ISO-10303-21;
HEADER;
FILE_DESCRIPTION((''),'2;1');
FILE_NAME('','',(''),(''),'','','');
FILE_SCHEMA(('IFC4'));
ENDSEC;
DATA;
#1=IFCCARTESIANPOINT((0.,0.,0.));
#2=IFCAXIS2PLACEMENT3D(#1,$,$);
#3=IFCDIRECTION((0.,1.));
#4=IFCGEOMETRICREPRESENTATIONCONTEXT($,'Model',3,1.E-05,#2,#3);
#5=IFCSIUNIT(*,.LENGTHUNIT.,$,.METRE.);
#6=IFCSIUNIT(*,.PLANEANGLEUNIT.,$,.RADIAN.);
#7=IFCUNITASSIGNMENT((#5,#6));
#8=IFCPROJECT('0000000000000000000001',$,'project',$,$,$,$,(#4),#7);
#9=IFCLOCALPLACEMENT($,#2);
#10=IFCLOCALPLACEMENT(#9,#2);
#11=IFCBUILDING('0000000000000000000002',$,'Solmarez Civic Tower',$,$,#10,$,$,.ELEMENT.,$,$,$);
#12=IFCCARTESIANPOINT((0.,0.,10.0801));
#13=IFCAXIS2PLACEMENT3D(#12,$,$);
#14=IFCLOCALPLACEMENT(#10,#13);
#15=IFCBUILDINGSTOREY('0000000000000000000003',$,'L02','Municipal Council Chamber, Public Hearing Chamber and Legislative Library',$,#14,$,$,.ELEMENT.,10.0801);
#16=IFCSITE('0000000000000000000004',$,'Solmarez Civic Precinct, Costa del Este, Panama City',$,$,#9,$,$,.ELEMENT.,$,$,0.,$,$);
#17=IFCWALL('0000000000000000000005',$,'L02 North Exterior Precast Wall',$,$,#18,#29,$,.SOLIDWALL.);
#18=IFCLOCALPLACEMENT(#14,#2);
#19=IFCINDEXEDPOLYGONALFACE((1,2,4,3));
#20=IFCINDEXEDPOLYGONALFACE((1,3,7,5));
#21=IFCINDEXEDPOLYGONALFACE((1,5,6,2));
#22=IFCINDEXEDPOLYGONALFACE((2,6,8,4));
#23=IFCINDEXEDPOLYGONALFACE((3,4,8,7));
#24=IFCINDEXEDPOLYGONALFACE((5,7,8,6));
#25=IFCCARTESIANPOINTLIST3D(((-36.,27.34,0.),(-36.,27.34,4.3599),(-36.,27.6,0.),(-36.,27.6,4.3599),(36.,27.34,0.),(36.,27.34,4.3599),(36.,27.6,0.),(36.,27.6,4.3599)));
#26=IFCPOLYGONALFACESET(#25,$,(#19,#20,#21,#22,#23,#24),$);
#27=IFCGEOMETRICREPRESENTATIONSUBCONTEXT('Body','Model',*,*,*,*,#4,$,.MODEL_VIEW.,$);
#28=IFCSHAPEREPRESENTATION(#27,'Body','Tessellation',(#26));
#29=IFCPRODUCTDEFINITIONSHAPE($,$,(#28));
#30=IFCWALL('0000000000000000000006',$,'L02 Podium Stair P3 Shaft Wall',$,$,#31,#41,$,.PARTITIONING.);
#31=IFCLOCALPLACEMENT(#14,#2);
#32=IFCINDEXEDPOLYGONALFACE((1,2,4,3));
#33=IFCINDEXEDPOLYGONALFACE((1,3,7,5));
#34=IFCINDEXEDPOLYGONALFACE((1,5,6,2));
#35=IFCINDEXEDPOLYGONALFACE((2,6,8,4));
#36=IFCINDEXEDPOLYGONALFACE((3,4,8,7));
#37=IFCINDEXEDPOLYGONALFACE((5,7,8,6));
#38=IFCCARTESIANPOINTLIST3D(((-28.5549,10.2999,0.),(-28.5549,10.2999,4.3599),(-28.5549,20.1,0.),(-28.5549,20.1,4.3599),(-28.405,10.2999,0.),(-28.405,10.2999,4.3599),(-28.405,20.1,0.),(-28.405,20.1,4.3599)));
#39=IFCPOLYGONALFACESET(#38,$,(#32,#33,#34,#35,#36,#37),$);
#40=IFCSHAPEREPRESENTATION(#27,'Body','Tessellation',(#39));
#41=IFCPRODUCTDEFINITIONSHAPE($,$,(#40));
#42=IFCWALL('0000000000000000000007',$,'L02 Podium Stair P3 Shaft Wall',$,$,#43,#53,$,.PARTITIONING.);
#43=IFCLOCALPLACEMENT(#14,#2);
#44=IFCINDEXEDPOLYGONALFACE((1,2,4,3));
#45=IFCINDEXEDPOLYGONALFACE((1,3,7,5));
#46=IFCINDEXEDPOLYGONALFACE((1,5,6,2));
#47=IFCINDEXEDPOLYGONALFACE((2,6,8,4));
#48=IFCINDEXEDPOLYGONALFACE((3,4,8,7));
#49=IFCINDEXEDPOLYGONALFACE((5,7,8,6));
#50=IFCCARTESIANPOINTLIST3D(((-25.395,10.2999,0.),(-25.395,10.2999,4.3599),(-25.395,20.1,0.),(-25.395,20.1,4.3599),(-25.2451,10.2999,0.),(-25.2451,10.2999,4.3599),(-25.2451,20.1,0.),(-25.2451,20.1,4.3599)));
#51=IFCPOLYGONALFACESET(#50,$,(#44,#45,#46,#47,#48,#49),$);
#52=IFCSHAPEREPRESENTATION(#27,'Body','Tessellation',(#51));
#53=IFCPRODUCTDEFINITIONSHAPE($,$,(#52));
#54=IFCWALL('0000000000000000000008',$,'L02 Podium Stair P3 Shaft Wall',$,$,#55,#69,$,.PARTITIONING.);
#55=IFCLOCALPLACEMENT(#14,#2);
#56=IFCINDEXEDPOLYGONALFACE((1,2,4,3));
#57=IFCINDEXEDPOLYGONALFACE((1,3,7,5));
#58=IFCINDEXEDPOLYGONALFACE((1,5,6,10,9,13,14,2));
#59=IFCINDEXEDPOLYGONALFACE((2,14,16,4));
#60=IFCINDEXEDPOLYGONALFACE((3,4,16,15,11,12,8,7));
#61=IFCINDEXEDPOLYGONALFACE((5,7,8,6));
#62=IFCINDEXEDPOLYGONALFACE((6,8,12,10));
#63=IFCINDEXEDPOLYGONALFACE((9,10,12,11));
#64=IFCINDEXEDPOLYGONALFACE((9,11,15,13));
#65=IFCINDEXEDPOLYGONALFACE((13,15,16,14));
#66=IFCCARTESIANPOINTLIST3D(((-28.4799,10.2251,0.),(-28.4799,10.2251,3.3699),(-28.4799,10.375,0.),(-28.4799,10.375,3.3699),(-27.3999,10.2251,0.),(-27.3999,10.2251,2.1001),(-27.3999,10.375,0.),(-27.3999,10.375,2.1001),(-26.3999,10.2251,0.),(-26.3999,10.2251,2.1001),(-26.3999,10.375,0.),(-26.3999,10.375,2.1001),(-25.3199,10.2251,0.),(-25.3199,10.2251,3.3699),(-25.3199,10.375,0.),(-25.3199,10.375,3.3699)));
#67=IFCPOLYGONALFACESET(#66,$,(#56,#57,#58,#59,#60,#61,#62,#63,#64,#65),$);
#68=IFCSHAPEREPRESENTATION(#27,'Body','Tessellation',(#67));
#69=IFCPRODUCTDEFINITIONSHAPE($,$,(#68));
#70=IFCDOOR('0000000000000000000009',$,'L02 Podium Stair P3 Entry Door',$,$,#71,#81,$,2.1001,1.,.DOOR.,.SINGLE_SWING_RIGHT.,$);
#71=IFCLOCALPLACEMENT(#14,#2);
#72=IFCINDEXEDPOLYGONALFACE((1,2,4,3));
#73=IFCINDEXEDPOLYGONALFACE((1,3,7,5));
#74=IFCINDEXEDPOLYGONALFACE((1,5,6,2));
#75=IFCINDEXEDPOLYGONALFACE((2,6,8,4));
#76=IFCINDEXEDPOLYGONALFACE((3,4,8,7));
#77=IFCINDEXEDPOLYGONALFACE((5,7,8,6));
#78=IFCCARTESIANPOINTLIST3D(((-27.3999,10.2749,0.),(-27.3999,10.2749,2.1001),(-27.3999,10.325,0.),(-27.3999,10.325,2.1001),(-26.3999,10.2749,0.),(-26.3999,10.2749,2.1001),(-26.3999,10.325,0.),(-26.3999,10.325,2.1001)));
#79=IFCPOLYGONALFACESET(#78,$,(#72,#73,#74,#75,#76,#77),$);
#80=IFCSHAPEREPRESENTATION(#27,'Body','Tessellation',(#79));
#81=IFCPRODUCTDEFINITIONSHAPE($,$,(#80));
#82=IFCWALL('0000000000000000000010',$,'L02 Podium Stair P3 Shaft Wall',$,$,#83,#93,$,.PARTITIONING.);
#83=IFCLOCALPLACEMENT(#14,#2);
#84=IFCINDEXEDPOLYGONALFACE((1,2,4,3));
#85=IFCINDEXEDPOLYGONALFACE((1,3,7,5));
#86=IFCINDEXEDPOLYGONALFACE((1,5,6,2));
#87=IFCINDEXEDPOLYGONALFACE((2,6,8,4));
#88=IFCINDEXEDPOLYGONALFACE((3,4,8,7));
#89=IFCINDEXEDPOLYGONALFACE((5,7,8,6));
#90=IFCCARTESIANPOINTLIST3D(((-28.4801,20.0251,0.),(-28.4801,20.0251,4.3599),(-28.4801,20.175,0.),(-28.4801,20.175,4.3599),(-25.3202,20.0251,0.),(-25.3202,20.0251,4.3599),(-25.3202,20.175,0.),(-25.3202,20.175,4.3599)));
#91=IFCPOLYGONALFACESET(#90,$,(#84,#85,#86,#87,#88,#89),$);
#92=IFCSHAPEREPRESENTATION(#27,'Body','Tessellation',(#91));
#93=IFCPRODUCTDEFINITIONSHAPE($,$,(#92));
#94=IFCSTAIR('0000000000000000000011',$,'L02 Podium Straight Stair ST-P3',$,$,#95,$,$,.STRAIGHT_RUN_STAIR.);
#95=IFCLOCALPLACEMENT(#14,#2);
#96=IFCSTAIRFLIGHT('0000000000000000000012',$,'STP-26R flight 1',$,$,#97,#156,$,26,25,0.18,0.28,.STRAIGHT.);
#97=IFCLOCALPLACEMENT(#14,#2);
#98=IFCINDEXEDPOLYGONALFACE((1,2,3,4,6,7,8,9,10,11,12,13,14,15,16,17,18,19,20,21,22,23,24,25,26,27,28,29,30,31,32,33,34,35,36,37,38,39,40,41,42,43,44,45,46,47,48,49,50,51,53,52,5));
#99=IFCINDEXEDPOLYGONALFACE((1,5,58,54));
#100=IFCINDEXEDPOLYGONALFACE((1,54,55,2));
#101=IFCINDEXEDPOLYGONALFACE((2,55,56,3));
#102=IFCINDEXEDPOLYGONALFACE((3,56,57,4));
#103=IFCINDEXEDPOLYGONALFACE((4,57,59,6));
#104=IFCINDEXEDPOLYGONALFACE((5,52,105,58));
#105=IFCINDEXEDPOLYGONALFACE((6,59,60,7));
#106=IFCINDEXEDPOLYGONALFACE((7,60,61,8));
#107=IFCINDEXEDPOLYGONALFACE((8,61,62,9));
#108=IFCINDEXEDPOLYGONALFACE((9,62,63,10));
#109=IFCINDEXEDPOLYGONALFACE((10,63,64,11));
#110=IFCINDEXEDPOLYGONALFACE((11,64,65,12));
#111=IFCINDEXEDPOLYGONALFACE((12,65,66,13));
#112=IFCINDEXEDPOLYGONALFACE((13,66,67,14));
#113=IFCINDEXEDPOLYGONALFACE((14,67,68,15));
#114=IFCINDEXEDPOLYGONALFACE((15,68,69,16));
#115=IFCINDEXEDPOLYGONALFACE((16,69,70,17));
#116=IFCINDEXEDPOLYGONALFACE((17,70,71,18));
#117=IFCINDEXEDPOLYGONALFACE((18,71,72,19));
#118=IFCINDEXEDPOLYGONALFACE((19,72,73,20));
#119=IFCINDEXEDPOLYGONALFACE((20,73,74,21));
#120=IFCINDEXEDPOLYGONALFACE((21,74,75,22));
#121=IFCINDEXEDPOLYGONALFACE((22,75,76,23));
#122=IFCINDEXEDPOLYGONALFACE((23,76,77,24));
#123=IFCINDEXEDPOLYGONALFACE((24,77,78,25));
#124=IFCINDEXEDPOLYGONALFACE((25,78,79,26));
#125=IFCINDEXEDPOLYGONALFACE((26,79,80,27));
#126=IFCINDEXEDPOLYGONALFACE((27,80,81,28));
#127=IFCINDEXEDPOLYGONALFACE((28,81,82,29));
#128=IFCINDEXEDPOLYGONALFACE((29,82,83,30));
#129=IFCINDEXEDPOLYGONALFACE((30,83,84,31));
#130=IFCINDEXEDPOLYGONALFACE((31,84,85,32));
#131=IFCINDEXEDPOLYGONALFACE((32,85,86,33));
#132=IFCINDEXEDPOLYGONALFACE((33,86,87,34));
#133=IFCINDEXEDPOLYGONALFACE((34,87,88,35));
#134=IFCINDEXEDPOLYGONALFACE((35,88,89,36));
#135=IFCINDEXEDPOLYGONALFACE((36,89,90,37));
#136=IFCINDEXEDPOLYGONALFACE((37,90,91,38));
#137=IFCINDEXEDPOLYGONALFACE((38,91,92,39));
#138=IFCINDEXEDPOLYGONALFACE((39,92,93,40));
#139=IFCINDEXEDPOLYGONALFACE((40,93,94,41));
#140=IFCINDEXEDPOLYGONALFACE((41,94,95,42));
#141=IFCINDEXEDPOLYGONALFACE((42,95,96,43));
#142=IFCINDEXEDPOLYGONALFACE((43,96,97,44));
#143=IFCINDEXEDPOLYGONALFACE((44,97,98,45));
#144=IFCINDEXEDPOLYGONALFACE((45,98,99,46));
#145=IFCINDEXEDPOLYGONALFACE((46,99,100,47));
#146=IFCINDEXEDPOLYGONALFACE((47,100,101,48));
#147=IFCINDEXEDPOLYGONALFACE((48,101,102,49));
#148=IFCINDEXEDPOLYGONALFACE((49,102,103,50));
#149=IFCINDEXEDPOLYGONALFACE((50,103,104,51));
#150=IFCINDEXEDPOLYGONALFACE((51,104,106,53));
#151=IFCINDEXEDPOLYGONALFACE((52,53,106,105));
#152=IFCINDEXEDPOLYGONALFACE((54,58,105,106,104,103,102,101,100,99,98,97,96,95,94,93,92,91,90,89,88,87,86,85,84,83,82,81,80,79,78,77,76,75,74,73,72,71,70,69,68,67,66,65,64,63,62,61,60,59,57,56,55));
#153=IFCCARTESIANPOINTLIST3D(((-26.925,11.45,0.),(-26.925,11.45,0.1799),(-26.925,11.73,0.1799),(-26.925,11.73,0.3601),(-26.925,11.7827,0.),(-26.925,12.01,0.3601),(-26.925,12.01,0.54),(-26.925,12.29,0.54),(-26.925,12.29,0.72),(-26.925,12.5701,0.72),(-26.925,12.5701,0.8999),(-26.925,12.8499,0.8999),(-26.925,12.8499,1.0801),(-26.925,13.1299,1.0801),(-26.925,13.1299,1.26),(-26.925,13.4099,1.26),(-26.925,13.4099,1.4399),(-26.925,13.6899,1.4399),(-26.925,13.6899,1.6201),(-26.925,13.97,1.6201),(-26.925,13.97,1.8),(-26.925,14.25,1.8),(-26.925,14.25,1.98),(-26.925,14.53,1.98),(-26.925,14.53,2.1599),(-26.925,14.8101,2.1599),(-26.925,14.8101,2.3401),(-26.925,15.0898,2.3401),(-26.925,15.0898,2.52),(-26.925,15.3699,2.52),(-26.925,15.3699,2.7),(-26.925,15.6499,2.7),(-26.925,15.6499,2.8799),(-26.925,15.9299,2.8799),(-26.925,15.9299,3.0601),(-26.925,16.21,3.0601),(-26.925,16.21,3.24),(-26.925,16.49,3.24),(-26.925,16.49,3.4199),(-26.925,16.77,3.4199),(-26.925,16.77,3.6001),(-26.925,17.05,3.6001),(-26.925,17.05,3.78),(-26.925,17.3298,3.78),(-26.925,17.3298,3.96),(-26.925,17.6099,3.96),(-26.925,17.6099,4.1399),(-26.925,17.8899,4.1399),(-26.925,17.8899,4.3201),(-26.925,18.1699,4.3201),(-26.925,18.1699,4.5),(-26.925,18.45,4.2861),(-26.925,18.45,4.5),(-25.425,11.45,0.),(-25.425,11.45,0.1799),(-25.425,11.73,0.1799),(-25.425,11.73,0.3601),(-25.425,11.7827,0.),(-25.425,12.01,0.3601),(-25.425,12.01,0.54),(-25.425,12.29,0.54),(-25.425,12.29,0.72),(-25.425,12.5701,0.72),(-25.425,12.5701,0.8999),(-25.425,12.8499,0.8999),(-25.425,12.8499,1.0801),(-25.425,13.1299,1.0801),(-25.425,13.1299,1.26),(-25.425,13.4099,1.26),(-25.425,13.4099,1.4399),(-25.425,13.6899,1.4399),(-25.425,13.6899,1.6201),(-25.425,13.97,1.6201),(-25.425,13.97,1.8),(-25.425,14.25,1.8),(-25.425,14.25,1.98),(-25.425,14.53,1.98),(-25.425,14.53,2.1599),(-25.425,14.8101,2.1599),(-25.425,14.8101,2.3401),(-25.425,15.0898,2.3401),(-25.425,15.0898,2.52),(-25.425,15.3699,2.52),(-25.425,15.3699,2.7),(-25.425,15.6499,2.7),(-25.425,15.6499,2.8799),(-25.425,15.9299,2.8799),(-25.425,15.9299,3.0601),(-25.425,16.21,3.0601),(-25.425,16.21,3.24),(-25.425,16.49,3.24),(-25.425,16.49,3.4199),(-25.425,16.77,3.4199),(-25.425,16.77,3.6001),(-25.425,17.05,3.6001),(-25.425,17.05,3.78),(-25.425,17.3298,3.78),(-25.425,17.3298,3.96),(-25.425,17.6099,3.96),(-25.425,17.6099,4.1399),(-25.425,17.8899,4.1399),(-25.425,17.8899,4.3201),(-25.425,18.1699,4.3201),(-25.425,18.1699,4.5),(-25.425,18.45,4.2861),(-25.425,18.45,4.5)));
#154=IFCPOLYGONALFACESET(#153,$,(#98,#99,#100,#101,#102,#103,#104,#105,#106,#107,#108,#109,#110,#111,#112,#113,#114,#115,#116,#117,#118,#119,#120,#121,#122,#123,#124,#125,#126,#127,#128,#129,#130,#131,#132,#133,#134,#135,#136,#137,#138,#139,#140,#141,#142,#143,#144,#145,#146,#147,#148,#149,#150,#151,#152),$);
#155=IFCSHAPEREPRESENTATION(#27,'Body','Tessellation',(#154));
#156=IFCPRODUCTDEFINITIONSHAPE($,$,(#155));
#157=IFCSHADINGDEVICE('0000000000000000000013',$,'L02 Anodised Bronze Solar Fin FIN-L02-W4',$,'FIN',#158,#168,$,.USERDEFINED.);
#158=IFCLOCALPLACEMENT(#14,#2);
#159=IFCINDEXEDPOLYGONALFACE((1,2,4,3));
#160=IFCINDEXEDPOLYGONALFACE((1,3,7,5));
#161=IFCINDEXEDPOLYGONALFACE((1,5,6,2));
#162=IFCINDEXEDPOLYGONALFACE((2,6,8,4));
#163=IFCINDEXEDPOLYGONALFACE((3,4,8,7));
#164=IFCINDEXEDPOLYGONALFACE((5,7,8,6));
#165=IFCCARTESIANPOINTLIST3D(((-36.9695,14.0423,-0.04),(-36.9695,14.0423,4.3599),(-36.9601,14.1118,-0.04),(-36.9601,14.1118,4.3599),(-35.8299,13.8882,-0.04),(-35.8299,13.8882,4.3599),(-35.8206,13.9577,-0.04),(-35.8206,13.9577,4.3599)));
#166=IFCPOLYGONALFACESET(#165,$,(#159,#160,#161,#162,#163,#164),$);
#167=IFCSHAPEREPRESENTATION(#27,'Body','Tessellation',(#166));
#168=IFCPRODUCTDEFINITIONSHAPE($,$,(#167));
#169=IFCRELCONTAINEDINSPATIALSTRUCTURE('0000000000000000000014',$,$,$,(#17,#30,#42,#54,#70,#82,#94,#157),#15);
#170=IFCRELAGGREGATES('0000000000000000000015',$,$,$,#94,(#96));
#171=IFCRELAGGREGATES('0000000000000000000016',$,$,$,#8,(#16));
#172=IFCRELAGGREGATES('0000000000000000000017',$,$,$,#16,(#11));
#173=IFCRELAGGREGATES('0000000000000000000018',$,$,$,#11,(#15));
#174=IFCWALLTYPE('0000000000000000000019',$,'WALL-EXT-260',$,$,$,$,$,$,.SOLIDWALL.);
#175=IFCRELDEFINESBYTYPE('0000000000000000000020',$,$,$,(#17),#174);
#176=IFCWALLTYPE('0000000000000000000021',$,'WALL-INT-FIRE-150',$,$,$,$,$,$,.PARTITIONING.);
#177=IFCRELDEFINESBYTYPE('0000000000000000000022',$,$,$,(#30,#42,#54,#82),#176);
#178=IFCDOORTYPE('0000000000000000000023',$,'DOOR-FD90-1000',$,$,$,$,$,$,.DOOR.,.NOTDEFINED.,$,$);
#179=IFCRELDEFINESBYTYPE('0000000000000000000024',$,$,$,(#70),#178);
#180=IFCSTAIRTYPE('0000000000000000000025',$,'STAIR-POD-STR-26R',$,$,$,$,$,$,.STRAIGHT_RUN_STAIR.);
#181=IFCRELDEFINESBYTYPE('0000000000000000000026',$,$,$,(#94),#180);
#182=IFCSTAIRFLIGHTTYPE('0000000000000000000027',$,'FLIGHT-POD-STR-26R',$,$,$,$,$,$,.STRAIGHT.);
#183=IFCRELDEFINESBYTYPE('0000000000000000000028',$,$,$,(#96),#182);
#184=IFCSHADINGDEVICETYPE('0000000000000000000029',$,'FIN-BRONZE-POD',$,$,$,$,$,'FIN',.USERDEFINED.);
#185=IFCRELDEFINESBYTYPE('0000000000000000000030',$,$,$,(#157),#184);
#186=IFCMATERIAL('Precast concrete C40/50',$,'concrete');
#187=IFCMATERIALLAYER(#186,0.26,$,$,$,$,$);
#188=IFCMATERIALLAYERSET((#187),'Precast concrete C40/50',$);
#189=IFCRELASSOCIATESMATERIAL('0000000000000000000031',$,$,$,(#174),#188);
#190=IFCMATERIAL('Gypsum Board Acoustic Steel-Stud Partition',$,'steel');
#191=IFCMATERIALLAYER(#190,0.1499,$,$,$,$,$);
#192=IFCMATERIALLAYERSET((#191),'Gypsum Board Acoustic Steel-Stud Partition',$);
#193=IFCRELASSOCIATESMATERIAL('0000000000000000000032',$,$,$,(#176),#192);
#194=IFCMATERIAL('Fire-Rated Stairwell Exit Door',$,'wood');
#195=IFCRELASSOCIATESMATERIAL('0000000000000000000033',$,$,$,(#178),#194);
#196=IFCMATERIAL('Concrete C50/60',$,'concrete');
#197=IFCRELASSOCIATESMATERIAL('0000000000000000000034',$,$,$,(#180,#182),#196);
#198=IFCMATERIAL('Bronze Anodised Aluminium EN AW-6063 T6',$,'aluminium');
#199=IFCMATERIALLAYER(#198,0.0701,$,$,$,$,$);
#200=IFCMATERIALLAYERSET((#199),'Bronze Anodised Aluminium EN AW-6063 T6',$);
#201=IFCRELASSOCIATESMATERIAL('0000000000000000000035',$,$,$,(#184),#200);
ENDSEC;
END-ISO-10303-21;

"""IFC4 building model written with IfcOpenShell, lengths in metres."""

from ifc_helpers import new_model, si_unit, direction, frame, frame_2d, origin, origin_2d, place, context, subcontext, project, spatial, polyline, rectangle, outline, extrude, material, layer, layer_set, type_object, element, fill, aggregate, save


model = new_model("IFC4")

# Units and contexts
model_context = context("Model", 3, precision=1e-05, world=origin(), true_north=direction((0.0, 1.0)))
body_context = subcontext(model_context, "Body", "Model", "MODEL_VIEW")
ifc_project = project(units=[si_unit("LENGTHUNIT", "METRE"), si_unit("PLANEANGLEUNIT", "RADIAN")], contexts=[model_context])

# Site, building, storey
site_placement = place(None, origin())
site = spatial("IfcSite", under=ifc_project, at=site_placement, Name="Solmarez Civic Precinct, Costa del Este, Panama City", CompositionType="ELEMENT", RefElevation=0.0)
building_placement = place(site_placement, origin())
building = spatial("IfcBuilding", under=site, at=building_placement, Name="Solmarez Civic Tower", CompositionType="ELEMENT")
storey_placement = place(building_placement, frame((0.0, 0.0, 10.0801)))
storey = spatial("IfcBuildingStorey", under=building, at=storey_placement, Name="L02", Description="Municipal Council Chamber, Public Hearing Chamber and Legislative Library", CompositionType="ELEMENT", Elevation=10.0801)

# Shared definitions
ifc_material_1 = material(Name="Concrete C50/60", Category="concrete")

# Walls
ifc_material_2 = material(Name="Precast concrete C40/50", Category="concrete")
ifc_layer_1 = layer(ifc_material_2, 0.26)
ifc_layer_set_1 = layer_set([ifc_layer_1], Name="Precast concrete C40/50")
wall_type_1 = type_object("IfcWallType", Name="WALL-EXT-260", PredefinedType="SOLIDWALL", material=ifc_layer_set_1)
wall_1_placement = place(storey_placement, frame((-36.0, 27.47, 0.0), z_axis=(0.0, 0.0, 1.0), x_axis=(1.0, 0.0, 0.0)))
element("IfcWall", 1, at=wall_1_placement, inside=storey, type_object=wall_type_1, Name="L02 North Exterior Precast Wall", PredefinedType="SOLIDWALL", context=body_context, shape_type="SweptSolid", body=[
    extrude(rectangle(XDim=72.0, YDim=0.26, at=frame_2d((36.0, 0.0))), origin(), (0.0, 0.0, 1.0), 4.3599),
])
ifc_material_3 = material(Name="Gypsum Board Acoustic Steel-Stud Partition", Category="steel")
ifc_layer_2 = layer(ifc_material_3, 0.1499)
ifc_layer_set_2 = layer_set([ifc_layer_2], Name="Gypsum Board Acoustic Steel-Stud Partition")
wall_type_2 = type_object("IfcWallType", Name="WALL-INT-FIRE-150", PredefinedType="PARTITIONING", material=ifc_layer_set_2)
for number, where, z_axis, x_axis, name in (
    (2, (-28.48, 10.3, 0.0), (0.0, 0.0, 1.0), (0.0, 1.0, 0.0), "L02 Podium Stair P3 Shaft Wall"),
    (3, (-25.3201, 10.3, 0.0), (0.0, 0.0, 1.0), (0.0, 1.0, 0.0), "L02 Podium Stair P3 Shaft Wall"),
):
    element("IfcWall", number, at=place(storey_placement, frame(where, z_axis=z_axis, x_axis=x_axis)), inside=storey, type_object=wall_type_2, Name=name, PredefinedType="PARTITIONING", context=body_context, shape_type="SweptSolid", body=[
        extrude(rectangle(XDim=9.8, YDim=0.1499, at=frame_2d((4.8999, 0.0))), origin(), (0.0, 0.0, 1.0), 4.3599),
    ])

# Wall, opening, door
wall_2_placement = place(storey_placement, frame((-28.48, 10.3, 0.0), z_axis=(0.0, 0.0, 1.0), x_axis=(1.0, 0.0, 0.0)))
wall_2 = element("IfcWall", 4, at=wall_2_placement, inside=storey, type_object=wall_type_2, Name="L02 Podium Stair P3 Shaft Wall", PredefinedType="PARTITIONING", context=body_context, shape_type="SweptSolid", body=[
    extrude(rectangle(XDim=3.1599, YDim=0.1499, at=frame_2d((1.5801, 0.0))), origin(), (0.0, 0.0, 1.0), 3.3699),
])
opening_placement = place(wall_2_placement, frame((1.0801, 0.0, 0.0)))
opening = element("IfcOpeningElement", 5, at=opening_placement, cuts=wall_2, PredefinedType="OPENING", context=body_context, shape_type="SweptSolid", body=[
    extrude(rectangle(XDim=1.0, YDim=2.1001, at=frame_2d((0.5, 1.05))), frame((0.0, 0.085, 0.0), z_axis=(0.0, -1.0, 0.0), x_axis=(1.0, 0.0, 0.0)), (0.0, 0.0, 1.0), 0.1699),
])
ifc_material_4 = material(Name="Fire-Rated Stairwell Exit Door", Category="wood")
door_type = type_object("IfcDoorType", Name="DOOR-FD90-1000", OperationType="NOTDEFINED", PredefinedType="DOOR", material=ifc_material_4)
door_placement = place(opening_placement, origin())
door = element("IfcDoor", 6, at=door_placement, inside=storey, type_object=door_type, Name="L02 Podium Stair P3 Entry Door", OperationType="SINGLE_SWING_RIGHT", OverallHeight=2.1001, OverallWidth=1.0, PredefinedType="DOOR", context=body_context, shape_type="SweptSolid", body=[
    extrude(rectangle(XDim=1.0, YDim=2.1001, at=frame_2d((0.5, 1.05))), frame((0.0, 0.0249, 0.0), z_axis=(0.0, -1.0, 0.0), x_axis=(1.0, 0.0, 0.0)), (0.0, 0.0, 1.0), 0.05),
])
fill(opening, door)

# Wall
wall_3_placement = place(storey_placement, frame((-25.3201, 20.1001, 0.0), z_axis=(0.0, 0.0, 1.0), x_axis=(-1.0, 0.0, 0.0)))
element("IfcWall", 7, at=wall_3_placement, inside=storey, type_object=wall_type_2, Name="L02 Podium Stair P3 Shaft Wall", PredefinedType="PARTITIONING", context=body_context, shape_type="SweptSolid", body=[
    extrude(rectangle(XDim=3.1599, YDim=0.1499, at=frame_2d((1.5801, 0.0))), origin(), (0.0, 0.0, 1.0), 4.3599),
])

# Stair, stair flight
stair_type = type_object("IfcStairType", Name="STAIR-POD-STR-26R", PredefinedType="STRAIGHT_RUN_STAIR", material=ifc_material_1)
stair_placement = place(storey_placement, origin())
stair = element("IfcStair", 8, at=stair_placement, inside=storey, type_object=stair_type, Name="L02 Podium Straight Stair ST-P3", PredefinedType="STRAIGHT_RUN_STAIR")
stair_flight_type = type_object("IfcStairFlightType", Name="FLIGHT-POD-STR-26R", PredefinedType="STRAIGHT", material=ifc_material_1)
stair_flight_placement = place(storey_placement, frame((-26.175, 11.45, 0.0), z_axis=(0.0, 0.0, 1.0), x_axis=(0.0, 1.0, 0.0)))
stair_flight = element("IfcStairFlight", 9, at=stair_flight_placement, type_object=stair_flight_type, Name="STP-26R flight 1", NumberOfRisers=26, NumberOfTreads=25, PredefinedType="STRAIGHT", RiserHeight=0.18, TreadLength=0.28, context=body_context, shape_type="SweptSolid", body=[
    extrude(outline(polyline([(0.0, 0.0), (0.0, 0.1799), (0.28, 0.1799), (0.28, 0.3601), (0.5601, 0.3601), (0.5601, 0.54), (0.8401, 0.54), (0.8401, 0.72), (1.1201, 0.72), (1.1201, 0.8999), (1.3999, 0.8999), (1.3999, 1.0801), (1.6799, 1.0801), (1.6799, 1.26), (1.96, 1.26), (1.96, 1.4399), (2.24, 1.4399), (2.24, 1.6201), (2.52, 1.6201), (2.52, 1.8), (2.8, 1.8), (2.8, 1.98), (3.0801, 1.98), (3.0801, 2.1599), (3.3601, 2.1599), (3.3601, 2.3401), (3.6399, 2.3401), (3.6399, 2.52), (3.9199, 2.52), (3.9199, 2.7), (4.2, 2.7), (4.2, 2.8799), (4.48, 2.8799), (4.48, 3.0601), (4.76, 3.0601), (4.76, 3.24), (5.04, 3.24), (5.04, 3.4199), (5.3201, 3.4199), (5.3201, 3.6001), (5.6001, 3.6001), (5.6001, 3.78), (5.8799, 3.78), (5.8799, 3.96), (6.1599, 3.96), (6.1599, 4.1399), (6.4399, 4.1399), (6.4399, 4.3201), (6.72, 4.3201), (6.72, 4.5), (7.0, 4.5), (7.0, 4.6799), (7.0, 4.2861), (0.3328, 0.0), (0.0, 0.0)])), frame((0.0, 0.75, 0.0), z_axis=(0.0, -1.0, 0.0), x_axis=(1.0, 0.0, 0.0)), (0.0, 0.0, 1.0), 1.5),
])
aggregate(stair, [stair_flight])

# Shading device
ifc_material_5 = material(Name="Bronze Anodised Aluminium EN AW-6063 T6", Category="aluminium")
ifc_layer_3 = layer(ifc_material_5, 0.0701)
ifc_layer_set_3 = layer_set([ifc_layer_3], Name="Bronze Anodised Aluminium EN AW-6063 T6")
shading_device_type = type_object("IfcShadingDeviceType", Name="FIN-BRONZE-POD", ElementType="FIN", PredefinedType="USERDEFINED", material=ifc_layer_set_3)
shading_device_placement = place(storey_placement, frame((-36.395, 14.0, -0.04), z_axis=(0.0, 0.0, 1.0), x_axis=(-0.990983, 0.133986, 0.0)))
element("IfcShadingDevice", 10, at=shading_device_placement, inside=storey, type_object=shading_device_type, Name="L02 Anodised Bronze Solar Fin FIN-L02-W4", ObjectType="FIN", PredefinedType="USERDEFINED", context=body_context, shape_type="SweptSolid", body=[
    extrude(rectangle(XDim=1.1499, YDim=0.0701, at=origin_2d()), origin(), (0.0, 0.0, 1.0), 4.3999),
])

save(model, "model.ifc")
